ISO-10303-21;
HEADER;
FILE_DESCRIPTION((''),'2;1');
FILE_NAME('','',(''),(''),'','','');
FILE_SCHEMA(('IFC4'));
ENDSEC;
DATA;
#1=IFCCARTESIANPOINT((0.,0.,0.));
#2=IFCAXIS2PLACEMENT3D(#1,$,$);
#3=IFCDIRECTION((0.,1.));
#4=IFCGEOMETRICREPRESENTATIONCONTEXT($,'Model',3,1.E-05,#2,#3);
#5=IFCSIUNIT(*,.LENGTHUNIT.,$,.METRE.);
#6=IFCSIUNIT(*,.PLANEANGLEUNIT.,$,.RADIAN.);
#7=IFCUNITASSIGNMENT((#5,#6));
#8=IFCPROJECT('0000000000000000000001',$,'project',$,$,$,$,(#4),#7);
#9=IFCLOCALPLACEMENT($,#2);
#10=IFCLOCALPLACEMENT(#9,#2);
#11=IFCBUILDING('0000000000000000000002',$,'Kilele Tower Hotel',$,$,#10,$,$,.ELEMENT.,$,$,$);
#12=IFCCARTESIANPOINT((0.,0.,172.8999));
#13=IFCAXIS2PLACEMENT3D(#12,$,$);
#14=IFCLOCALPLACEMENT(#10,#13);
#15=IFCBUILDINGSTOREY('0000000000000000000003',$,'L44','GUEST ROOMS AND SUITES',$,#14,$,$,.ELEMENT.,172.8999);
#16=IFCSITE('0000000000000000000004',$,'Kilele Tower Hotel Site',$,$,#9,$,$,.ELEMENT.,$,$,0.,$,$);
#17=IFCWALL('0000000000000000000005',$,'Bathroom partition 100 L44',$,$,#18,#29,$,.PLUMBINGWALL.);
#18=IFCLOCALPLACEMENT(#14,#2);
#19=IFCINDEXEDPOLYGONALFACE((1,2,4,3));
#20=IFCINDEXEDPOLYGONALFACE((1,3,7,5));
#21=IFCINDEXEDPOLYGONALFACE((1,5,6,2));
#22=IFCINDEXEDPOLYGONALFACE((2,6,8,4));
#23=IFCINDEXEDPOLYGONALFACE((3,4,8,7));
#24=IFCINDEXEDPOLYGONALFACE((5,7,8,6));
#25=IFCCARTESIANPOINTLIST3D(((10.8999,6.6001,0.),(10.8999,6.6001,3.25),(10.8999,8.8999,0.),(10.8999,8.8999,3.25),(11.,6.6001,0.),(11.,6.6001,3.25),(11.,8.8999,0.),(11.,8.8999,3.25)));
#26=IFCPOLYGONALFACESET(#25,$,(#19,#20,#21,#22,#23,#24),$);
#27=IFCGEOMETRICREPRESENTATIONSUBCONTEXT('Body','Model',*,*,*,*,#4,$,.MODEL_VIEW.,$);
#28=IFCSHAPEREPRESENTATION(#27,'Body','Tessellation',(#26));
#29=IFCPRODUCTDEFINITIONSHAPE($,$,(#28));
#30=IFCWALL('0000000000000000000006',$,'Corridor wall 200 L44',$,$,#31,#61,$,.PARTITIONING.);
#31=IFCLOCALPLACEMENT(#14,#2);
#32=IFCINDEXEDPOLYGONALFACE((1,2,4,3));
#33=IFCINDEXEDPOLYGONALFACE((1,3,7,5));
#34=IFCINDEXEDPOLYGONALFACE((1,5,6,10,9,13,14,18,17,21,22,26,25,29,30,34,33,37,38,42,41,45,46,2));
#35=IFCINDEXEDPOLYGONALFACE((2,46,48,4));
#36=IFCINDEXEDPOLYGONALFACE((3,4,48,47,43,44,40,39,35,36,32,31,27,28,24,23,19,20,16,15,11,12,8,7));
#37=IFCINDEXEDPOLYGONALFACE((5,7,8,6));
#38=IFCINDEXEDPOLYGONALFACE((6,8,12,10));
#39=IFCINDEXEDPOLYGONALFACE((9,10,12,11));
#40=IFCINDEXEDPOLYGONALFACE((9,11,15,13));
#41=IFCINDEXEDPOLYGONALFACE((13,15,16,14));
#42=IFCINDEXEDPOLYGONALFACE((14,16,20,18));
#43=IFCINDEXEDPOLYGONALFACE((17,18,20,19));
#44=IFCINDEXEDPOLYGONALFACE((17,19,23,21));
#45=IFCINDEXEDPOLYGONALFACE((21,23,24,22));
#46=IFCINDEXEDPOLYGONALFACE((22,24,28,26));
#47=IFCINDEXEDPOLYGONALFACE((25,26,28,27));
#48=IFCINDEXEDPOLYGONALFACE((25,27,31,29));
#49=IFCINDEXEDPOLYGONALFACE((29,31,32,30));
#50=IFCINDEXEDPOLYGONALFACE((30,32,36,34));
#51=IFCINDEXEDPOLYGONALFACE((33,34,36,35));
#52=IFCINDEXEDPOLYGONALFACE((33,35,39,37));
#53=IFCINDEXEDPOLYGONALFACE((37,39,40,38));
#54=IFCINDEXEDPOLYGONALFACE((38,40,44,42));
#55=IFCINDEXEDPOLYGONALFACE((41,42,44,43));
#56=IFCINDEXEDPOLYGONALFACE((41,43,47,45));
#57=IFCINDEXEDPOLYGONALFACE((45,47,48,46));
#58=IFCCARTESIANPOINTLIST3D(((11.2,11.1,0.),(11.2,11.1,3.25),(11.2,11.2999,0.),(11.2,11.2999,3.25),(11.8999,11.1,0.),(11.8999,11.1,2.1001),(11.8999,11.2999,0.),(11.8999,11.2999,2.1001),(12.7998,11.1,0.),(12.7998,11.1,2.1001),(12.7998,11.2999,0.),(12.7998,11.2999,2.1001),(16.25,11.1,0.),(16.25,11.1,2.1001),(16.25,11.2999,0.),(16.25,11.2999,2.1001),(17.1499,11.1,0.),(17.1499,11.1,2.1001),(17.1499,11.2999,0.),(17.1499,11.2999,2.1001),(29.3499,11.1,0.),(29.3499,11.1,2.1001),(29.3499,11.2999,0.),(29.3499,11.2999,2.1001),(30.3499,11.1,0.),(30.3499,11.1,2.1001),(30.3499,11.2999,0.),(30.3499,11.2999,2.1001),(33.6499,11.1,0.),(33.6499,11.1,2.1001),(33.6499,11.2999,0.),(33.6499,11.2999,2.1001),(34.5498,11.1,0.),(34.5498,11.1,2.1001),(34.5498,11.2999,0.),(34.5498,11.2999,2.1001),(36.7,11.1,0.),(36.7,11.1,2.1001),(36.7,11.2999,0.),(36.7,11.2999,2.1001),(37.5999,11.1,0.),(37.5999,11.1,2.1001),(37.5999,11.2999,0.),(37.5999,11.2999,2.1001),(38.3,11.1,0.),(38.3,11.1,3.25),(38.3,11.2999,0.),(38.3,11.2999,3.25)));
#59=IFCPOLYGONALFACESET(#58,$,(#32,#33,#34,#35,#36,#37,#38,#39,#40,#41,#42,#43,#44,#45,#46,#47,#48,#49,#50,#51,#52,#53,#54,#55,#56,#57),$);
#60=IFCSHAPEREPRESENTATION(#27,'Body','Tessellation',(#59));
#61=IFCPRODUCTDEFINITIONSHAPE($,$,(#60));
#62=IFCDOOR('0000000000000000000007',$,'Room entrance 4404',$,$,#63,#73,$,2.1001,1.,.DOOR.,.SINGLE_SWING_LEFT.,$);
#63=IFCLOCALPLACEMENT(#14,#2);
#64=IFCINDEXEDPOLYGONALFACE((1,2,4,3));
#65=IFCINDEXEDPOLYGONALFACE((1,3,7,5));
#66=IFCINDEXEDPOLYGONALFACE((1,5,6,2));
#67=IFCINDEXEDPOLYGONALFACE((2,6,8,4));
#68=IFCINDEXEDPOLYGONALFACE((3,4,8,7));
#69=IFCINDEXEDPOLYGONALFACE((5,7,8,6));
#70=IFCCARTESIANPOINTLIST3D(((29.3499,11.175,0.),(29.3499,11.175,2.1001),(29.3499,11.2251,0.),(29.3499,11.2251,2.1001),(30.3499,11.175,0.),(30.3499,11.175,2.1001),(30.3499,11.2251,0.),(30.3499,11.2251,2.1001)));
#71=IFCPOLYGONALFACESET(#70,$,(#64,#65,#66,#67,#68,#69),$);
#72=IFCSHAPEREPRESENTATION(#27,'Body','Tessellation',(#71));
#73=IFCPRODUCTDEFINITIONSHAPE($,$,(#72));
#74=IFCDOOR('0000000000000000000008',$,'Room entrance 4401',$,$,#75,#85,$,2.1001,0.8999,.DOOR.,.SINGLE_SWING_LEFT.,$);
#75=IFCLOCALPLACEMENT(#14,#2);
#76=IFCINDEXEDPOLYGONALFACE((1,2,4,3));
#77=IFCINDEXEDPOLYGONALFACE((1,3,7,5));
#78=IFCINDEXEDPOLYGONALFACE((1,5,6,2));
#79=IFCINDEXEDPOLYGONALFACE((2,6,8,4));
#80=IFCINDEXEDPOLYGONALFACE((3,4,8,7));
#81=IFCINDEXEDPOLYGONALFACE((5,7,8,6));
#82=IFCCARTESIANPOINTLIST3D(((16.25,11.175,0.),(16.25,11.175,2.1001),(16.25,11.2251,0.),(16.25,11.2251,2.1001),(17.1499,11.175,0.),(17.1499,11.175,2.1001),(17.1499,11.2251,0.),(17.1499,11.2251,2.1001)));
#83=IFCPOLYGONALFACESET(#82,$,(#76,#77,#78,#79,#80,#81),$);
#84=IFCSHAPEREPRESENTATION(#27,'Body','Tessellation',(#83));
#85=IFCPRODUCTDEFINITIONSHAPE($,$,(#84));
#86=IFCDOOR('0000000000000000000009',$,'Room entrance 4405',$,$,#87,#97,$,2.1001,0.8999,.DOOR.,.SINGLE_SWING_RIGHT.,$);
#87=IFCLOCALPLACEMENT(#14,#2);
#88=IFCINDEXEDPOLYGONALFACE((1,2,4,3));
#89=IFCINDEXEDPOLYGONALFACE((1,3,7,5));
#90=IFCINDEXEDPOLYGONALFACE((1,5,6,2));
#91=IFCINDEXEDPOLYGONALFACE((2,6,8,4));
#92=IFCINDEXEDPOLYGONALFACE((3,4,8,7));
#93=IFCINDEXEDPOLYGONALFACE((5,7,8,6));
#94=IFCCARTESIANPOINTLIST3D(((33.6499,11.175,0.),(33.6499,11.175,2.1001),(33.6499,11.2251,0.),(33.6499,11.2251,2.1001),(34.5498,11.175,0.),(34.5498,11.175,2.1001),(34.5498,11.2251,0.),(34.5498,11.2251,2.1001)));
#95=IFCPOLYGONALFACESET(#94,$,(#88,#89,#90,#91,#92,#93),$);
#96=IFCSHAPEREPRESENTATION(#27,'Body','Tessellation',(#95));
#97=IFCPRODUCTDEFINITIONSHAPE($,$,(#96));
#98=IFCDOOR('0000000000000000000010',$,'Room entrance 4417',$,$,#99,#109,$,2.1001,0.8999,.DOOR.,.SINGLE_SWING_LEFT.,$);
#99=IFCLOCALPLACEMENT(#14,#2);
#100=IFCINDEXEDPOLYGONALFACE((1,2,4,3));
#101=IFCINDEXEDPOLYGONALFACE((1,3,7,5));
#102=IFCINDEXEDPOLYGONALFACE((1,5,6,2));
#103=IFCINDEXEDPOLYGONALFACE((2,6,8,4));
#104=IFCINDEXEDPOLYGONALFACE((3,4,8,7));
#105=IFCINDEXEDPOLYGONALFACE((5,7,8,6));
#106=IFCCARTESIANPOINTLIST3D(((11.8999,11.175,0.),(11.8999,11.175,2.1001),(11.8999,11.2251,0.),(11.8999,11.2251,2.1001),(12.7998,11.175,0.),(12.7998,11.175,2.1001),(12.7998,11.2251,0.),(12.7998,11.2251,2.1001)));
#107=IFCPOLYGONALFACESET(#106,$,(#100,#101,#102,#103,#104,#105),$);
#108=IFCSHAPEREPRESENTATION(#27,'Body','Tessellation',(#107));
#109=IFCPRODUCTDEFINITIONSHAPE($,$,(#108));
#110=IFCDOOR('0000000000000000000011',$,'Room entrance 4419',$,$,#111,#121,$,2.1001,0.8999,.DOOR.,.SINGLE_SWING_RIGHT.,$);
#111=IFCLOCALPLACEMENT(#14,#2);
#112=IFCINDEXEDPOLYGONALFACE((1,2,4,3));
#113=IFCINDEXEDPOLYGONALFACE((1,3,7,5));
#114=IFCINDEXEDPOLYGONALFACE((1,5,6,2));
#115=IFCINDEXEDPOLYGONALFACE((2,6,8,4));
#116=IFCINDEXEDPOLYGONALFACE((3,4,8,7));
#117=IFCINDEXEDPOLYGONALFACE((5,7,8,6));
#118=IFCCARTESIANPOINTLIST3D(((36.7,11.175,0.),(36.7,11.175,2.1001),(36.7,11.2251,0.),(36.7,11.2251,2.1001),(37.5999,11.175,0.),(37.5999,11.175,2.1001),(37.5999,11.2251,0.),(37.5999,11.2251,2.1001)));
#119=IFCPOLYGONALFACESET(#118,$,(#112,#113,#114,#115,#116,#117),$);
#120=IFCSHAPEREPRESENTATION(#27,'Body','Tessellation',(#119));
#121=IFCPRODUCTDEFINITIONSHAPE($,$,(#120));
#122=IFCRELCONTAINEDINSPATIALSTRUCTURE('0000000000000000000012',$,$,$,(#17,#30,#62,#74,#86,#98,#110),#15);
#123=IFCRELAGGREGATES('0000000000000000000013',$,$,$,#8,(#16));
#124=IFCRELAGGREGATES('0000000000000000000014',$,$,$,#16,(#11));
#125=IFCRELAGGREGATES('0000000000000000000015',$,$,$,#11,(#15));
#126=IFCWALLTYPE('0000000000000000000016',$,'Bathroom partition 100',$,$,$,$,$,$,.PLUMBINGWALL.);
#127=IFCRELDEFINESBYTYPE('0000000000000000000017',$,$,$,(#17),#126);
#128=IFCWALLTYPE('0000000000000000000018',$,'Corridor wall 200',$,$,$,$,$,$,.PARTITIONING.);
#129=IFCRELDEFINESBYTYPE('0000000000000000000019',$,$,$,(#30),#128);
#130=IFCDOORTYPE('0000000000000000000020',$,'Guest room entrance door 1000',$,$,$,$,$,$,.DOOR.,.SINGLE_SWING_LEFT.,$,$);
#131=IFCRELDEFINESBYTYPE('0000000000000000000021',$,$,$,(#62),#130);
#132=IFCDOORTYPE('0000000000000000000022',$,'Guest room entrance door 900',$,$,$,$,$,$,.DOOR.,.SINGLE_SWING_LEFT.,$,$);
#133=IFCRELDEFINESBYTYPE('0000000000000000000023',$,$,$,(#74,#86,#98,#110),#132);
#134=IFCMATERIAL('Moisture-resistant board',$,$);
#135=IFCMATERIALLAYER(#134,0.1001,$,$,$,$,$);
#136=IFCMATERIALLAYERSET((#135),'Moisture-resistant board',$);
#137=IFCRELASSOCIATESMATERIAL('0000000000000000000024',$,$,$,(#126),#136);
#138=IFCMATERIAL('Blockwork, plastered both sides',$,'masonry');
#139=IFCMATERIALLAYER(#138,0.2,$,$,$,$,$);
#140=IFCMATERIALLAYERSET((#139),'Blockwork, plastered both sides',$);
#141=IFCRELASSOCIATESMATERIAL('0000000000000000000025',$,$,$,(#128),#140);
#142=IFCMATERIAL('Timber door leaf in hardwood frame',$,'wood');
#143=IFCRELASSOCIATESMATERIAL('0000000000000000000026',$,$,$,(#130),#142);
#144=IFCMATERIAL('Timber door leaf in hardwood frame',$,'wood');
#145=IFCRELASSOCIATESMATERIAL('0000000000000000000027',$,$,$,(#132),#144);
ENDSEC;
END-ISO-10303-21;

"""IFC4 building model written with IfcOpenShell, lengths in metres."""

from ifc_helpers import new_model, si_unit, direction, frame, frame_2d, origin, place, context, subcontext, project, spatial, rectangle, extrude, material, layer, layer_set, type_object, element, fill, save


model = new_model("IFC4")

# Units and contexts
model_context = context("Model", 3, precision=1e-05, world=origin(), true_north=direction((0.0, 1.0)))
body_context = subcontext(model_context, "Body", "Model", "MODEL_VIEW")
ifc_project = project(units=[si_unit("LENGTHUNIT", "METRE"), si_unit("PLANEANGLEUNIT", "RADIAN")], contexts=[model_context])

# Site, building, storey
site_placement = place(None, origin())
site = spatial("IfcSite", under=ifc_project, at=site_placement, Name="Kilele Tower Hotel Site", CompositionType="ELEMENT", RefElevation=0.0)
building_placement = place(site_placement, origin())
building = spatial("IfcBuilding", under=site, at=building_placement, Name="Kilele Tower Hotel", CompositionType="ELEMENT")
storey_placement = place(building_placement, frame((0.0, 0.0, 172.8999)))
storey = spatial("IfcBuildingStorey", under=building, at=storey_placement, Name="L44", Description="GUEST ROOMS AND SUITES", CompositionType="ELEMENT", Elevation=172.8999)

# Wall
ifc_material_1 = material(Name="Moisture-resistant board")
ifc_layer_1 = layer(ifc_material_1, 0.1001)
ifc_layer_set_1 = layer_set([ifc_layer_1], Name="Moisture-resistant board")
wall_type_1 = type_object("IfcWallType", Name="Bathroom partition 100", PredefinedType="PLUMBINGWALL", material=ifc_layer_set_1)
wall_1_placement = place(storey_placement, frame((10.95, 8.8999, 0.0), z_axis=(0.0, 0.0, 1.0), x_axis=(0.0, -1.0, 0.0)))
element("IfcWall", 1, at=wall_1_placement, inside=storey, type_object=wall_type_1, Name="Bathroom partition 100 L44", PredefinedType="PLUMBINGWALL", context=body_context, shape_type="SweptSolid", body=[
    extrude(rectangle(XDim=2.2998, YDim=0.1001, at=frame_2d((1.1499, 0.0))), origin(), (0.0, 0.0, 1.0), 3.25),
])

# Wall, openings, doors
ifc_material_2 = material(Name="Blockwork, plastered both sides", Category="masonry")
ifc_layer_2 = layer(ifc_material_2, 0.2)
ifc_layer_set_2 = layer_set([ifc_layer_2], Name="Blockwork, plastered both sides")
wall_type_2 = type_object("IfcWallType", Name="Corridor wall 200", PredefinedType="PARTITIONING", material=ifc_layer_set_2)
wall_2_placement = place(storey_placement, frame((11.2, 11.2, 0.0), z_axis=(0.0, 0.0, 1.0), x_axis=(1.0, 0.0, 0.0)))
wall_2 = element("IfcWall", 2, at=wall_2_placement, inside=storey, type_object=wall_type_2, Name="Corridor wall 200 L44", PredefinedType="PARTITIONING", context=body_context, shape_type="SweptSolid", body=[
    extrude(rectangle(XDim=27.1001, YDim=0.2, at=frame_2d((13.55, 0.0))), origin(), (0.0, 0.0, 1.0), 3.25),
])
opening_1_placement = place(wall_2_placement, frame((5.95, 0.0, 0.0), z_axis=(0.0, 0.0, 1.0), x_axis=(-1.0, 0.0, 0.0)))
opening_1 = element("IfcOpeningElement", 3, at=opening_1_placement, cuts=wall_2, PredefinedType="OPENING", context=body_context, shape_type="SweptSolid", body=[
    extrude(rectangle(XDim=0.8999, YDim=2.1001, at=frame_2d((0.45, 1.05))), frame((0.0, 0.1099, 0.0), z_axis=(0.0, -1.0, 0.0), x_axis=(1.0, 0.0, 0.0)), (0.0, 0.0, 1.0), 0.22),
])
opening_2_placement = place(wall_2_placement, frame((19.1499, 0.0, 0.0), z_axis=(0.0, 0.0, 1.0), x_axis=(-1.0, 0.0, 0.0)))
opening_2 = element("IfcOpeningElement", 4, at=opening_2_placement, cuts=wall_2, PredefinedType="OPENING", context=body_context, shape_type="SweptSolid", body=[
    extrude(rectangle(XDim=1.0, YDim=2.1001, at=frame_2d((0.5, 1.05))), frame((0.0, 0.1099, 0.0), z_axis=(0.0, -1.0, 0.0), x_axis=(1.0, 0.0, 0.0)), (0.0, 0.0, 1.0), 0.22),
])
opening_3_placement = place(wall_2_placement, frame((23.3499, 0.0, 0.0), z_axis=(0.0, 0.0, 1.0), x_axis=(-1.0, 0.0, 0.0)))
opening_3 = element("IfcOpeningElement", 5, at=opening_3_placement, cuts=wall_2, PredefinedType="OPENING", context=body_context, shape_type="SweptSolid", body=[
    extrude(rectangle(XDim=0.8999, YDim=2.1001, at=frame_2d((0.45, 1.05))), frame((0.0, 0.1099, 0.0), z_axis=(0.0, -1.0, 0.0), x_axis=(1.0, 0.0, 0.0)), (0.0, 0.0, 1.0), 0.22),
])
opening_4_placement = place(wall_2_placement, frame((1.5999, 0.0, 0.0), z_axis=(0.0, 0.0, 1.0), x_axis=(-1.0, 0.0, 0.0)))
opening_4 = element("IfcOpeningElement", 6, at=opening_4_placement, cuts=wall_2, PredefinedType="OPENING", context=body_context, shape_type="SweptSolid", body=[
    extrude(rectangle(XDim=0.8999, YDim=2.1001, at=frame_2d((0.45, 1.05))), frame((0.0, 0.1099, 0.0), z_axis=(0.0, -1.0, 0.0), x_axis=(1.0, 0.0, 0.0)), (0.0, 0.0, 1.0), 0.22),
])
opening_5_placement = place(wall_2_placement, frame((26.3999, 0.0, 0.0), z_axis=(0.0, 0.0, 1.0), x_axis=(-1.0, 0.0, 0.0)))
opening_5 = element("IfcOpeningElement", 7, at=opening_5_placement, cuts=wall_2, PredefinedType="OPENING", context=body_context, shape_type="SweptSolid", body=[
    extrude(rectangle(XDim=0.8999, YDim=2.1001, at=frame_2d((0.45, 1.05))), frame((0.0, 0.1099, 0.0), z_axis=(0.0, -1.0, 0.0), x_axis=(1.0, 0.0, 0.0)), (0.0, 0.0, 1.0), 0.22),
])
ifc_material_3 = material(Name="Timber door leaf in hardwood frame", Category="wood")
door_type_1 = type_object("IfcDoorType", Name="Guest room entrance door 1000", OperationType="SINGLE_SWING_LEFT", PredefinedType="DOOR", material=ifc_material_3)
door_1_placement = place(opening_2_placement, origin())
door_1 = element("IfcDoor", 8, at=door_1_placement, inside=storey, type_object=door_type_1, Name="Room entrance 4404", OperationType="SINGLE_SWING_LEFT", OverallHeight=2.1001, OverallWidth=1.0, PredefinedType="DOOR", context=body_context, shape_type="SweptSolid", body=[
    extrude(rectangle(XDim=1.0, YDim=2.1001, at=frame_2d((0.5, 1.05))), frame((0.0, 0.0249, 0.0), z_axis=(0.0, -1.0, 0.0), x_axis=(1.0, 0.0, 0.0)), (0.0, 0.0, 1.0), 0.05),
])
fill(opening_2, door_1)
ifc_material_4 = material(Name="Timber door leaf in hardwood frame", Category="wood")
door_type_2 = type_object("IfcDoorType", Name="Guest room entrance door 900", OperationType="SINGLE_SWING_LEFT", PredefinedType="DOOR", material=ifc_material_4)
door_2_placement = place(opening_1_placement, origin())
door_2 = element("IfcDoor", 9, at=door_2_placement, inside=storey, type_object=door_type_2, Name="Room entrance 4401", OperationType="SINGLE_SWING_LEFT", OverallHeight=2.1001, OverallWidth=0.8999, PredefinedType="DOOR", context=body_context, shape_type="SweptSolid", body=[
    extrude(rectangle(XDim=0.8999, YDim=2.1001, at=frame_2d((0.45, 1.05))), frame((0.0, 0.0249, 0.0), z_axis=(0.0, -1.0, 0.0), x_axis=(1.0, 0.0, 0.0)), (0.0, 0.0, 1.0), 0.05),
])
fill(opening_1, door_2)
door_3_placement = place(opening_3_placement, origin())
door_3 = element("IfcDoor", 10, at=door_3_placement, inside=storey, type_object=door_type_2, Name="Room entrance 4405", OperationType="SINGLE_SWING_RIGHT", OverallHeight=2.1001, OverallWidth=0.8999, PredefinedType="DOOR", context=body_context, shape_type="SweptSolid", body=[
    extrude(rectangle(XDim=0.8999, YDim=2.1001, at=frame_2d((0.45, 1.05))), frame((0.0, 0.0249, 0.0), z_axis=(0.0, -1.0, 0.0), x_axis=(1.0, 0.0, 0.0)), (0.0, 0.0, 1.0), 0.05),
])
fill(opening_3, door_3)
door_4_placement = place(opening_4_placement, origin())
door_4 = element("IfcDoor", 11, at=door_4_placement, inside=storey, type_object=door_type_2, Name="Room entrance 4417", OperationType="SINGLE_SWING_LEFT", OverallHeight=2.1001, OverallWidth=0.8999, PredefinedType="DOOR", context=body_context, shape_type="SweptSolid", body=[
    extrude(rectangle(XDim=0.8999, YDim=2.1001, at=frame_2d((0.45, 1.05))), frame((0.0, 0.0249, 0.0), z_axis=(0.0, -1.0, 0.0), x_axis=(1.0, 0.0, 0.0)), (0.0, 0.0, 1.0), 0.05),
])
fill(opening_4, door_4)
door_5_placement = place(opening_5_placement, origin())
door_5 = element("IfcDoor", 12, at=door_5_placement, inside=storey, type_object=door_type_2, Name="Room entrance 4419", OperationType="SINGLE_SWING_RIGHT", OverallHeight=2.1001, OverallWidth=0.8999, PredefinedType="DOOR", context=body_context, shape_type="SweptSolid", body=[
    extrude(rectangle(XDim=0.8999, YDim=2.1001, at=frame_2d((0.45, 1.05))), frame((0.0, 0.0249, 0.0), z_axis=(0.0, -1.0, 0.0), x_axis=(1.0, 0.0, 0.0)), (0.0, 0.0, 1.0), 0.05),
])
fill(opening_5, door_5)

save(model, "model.ifc")
